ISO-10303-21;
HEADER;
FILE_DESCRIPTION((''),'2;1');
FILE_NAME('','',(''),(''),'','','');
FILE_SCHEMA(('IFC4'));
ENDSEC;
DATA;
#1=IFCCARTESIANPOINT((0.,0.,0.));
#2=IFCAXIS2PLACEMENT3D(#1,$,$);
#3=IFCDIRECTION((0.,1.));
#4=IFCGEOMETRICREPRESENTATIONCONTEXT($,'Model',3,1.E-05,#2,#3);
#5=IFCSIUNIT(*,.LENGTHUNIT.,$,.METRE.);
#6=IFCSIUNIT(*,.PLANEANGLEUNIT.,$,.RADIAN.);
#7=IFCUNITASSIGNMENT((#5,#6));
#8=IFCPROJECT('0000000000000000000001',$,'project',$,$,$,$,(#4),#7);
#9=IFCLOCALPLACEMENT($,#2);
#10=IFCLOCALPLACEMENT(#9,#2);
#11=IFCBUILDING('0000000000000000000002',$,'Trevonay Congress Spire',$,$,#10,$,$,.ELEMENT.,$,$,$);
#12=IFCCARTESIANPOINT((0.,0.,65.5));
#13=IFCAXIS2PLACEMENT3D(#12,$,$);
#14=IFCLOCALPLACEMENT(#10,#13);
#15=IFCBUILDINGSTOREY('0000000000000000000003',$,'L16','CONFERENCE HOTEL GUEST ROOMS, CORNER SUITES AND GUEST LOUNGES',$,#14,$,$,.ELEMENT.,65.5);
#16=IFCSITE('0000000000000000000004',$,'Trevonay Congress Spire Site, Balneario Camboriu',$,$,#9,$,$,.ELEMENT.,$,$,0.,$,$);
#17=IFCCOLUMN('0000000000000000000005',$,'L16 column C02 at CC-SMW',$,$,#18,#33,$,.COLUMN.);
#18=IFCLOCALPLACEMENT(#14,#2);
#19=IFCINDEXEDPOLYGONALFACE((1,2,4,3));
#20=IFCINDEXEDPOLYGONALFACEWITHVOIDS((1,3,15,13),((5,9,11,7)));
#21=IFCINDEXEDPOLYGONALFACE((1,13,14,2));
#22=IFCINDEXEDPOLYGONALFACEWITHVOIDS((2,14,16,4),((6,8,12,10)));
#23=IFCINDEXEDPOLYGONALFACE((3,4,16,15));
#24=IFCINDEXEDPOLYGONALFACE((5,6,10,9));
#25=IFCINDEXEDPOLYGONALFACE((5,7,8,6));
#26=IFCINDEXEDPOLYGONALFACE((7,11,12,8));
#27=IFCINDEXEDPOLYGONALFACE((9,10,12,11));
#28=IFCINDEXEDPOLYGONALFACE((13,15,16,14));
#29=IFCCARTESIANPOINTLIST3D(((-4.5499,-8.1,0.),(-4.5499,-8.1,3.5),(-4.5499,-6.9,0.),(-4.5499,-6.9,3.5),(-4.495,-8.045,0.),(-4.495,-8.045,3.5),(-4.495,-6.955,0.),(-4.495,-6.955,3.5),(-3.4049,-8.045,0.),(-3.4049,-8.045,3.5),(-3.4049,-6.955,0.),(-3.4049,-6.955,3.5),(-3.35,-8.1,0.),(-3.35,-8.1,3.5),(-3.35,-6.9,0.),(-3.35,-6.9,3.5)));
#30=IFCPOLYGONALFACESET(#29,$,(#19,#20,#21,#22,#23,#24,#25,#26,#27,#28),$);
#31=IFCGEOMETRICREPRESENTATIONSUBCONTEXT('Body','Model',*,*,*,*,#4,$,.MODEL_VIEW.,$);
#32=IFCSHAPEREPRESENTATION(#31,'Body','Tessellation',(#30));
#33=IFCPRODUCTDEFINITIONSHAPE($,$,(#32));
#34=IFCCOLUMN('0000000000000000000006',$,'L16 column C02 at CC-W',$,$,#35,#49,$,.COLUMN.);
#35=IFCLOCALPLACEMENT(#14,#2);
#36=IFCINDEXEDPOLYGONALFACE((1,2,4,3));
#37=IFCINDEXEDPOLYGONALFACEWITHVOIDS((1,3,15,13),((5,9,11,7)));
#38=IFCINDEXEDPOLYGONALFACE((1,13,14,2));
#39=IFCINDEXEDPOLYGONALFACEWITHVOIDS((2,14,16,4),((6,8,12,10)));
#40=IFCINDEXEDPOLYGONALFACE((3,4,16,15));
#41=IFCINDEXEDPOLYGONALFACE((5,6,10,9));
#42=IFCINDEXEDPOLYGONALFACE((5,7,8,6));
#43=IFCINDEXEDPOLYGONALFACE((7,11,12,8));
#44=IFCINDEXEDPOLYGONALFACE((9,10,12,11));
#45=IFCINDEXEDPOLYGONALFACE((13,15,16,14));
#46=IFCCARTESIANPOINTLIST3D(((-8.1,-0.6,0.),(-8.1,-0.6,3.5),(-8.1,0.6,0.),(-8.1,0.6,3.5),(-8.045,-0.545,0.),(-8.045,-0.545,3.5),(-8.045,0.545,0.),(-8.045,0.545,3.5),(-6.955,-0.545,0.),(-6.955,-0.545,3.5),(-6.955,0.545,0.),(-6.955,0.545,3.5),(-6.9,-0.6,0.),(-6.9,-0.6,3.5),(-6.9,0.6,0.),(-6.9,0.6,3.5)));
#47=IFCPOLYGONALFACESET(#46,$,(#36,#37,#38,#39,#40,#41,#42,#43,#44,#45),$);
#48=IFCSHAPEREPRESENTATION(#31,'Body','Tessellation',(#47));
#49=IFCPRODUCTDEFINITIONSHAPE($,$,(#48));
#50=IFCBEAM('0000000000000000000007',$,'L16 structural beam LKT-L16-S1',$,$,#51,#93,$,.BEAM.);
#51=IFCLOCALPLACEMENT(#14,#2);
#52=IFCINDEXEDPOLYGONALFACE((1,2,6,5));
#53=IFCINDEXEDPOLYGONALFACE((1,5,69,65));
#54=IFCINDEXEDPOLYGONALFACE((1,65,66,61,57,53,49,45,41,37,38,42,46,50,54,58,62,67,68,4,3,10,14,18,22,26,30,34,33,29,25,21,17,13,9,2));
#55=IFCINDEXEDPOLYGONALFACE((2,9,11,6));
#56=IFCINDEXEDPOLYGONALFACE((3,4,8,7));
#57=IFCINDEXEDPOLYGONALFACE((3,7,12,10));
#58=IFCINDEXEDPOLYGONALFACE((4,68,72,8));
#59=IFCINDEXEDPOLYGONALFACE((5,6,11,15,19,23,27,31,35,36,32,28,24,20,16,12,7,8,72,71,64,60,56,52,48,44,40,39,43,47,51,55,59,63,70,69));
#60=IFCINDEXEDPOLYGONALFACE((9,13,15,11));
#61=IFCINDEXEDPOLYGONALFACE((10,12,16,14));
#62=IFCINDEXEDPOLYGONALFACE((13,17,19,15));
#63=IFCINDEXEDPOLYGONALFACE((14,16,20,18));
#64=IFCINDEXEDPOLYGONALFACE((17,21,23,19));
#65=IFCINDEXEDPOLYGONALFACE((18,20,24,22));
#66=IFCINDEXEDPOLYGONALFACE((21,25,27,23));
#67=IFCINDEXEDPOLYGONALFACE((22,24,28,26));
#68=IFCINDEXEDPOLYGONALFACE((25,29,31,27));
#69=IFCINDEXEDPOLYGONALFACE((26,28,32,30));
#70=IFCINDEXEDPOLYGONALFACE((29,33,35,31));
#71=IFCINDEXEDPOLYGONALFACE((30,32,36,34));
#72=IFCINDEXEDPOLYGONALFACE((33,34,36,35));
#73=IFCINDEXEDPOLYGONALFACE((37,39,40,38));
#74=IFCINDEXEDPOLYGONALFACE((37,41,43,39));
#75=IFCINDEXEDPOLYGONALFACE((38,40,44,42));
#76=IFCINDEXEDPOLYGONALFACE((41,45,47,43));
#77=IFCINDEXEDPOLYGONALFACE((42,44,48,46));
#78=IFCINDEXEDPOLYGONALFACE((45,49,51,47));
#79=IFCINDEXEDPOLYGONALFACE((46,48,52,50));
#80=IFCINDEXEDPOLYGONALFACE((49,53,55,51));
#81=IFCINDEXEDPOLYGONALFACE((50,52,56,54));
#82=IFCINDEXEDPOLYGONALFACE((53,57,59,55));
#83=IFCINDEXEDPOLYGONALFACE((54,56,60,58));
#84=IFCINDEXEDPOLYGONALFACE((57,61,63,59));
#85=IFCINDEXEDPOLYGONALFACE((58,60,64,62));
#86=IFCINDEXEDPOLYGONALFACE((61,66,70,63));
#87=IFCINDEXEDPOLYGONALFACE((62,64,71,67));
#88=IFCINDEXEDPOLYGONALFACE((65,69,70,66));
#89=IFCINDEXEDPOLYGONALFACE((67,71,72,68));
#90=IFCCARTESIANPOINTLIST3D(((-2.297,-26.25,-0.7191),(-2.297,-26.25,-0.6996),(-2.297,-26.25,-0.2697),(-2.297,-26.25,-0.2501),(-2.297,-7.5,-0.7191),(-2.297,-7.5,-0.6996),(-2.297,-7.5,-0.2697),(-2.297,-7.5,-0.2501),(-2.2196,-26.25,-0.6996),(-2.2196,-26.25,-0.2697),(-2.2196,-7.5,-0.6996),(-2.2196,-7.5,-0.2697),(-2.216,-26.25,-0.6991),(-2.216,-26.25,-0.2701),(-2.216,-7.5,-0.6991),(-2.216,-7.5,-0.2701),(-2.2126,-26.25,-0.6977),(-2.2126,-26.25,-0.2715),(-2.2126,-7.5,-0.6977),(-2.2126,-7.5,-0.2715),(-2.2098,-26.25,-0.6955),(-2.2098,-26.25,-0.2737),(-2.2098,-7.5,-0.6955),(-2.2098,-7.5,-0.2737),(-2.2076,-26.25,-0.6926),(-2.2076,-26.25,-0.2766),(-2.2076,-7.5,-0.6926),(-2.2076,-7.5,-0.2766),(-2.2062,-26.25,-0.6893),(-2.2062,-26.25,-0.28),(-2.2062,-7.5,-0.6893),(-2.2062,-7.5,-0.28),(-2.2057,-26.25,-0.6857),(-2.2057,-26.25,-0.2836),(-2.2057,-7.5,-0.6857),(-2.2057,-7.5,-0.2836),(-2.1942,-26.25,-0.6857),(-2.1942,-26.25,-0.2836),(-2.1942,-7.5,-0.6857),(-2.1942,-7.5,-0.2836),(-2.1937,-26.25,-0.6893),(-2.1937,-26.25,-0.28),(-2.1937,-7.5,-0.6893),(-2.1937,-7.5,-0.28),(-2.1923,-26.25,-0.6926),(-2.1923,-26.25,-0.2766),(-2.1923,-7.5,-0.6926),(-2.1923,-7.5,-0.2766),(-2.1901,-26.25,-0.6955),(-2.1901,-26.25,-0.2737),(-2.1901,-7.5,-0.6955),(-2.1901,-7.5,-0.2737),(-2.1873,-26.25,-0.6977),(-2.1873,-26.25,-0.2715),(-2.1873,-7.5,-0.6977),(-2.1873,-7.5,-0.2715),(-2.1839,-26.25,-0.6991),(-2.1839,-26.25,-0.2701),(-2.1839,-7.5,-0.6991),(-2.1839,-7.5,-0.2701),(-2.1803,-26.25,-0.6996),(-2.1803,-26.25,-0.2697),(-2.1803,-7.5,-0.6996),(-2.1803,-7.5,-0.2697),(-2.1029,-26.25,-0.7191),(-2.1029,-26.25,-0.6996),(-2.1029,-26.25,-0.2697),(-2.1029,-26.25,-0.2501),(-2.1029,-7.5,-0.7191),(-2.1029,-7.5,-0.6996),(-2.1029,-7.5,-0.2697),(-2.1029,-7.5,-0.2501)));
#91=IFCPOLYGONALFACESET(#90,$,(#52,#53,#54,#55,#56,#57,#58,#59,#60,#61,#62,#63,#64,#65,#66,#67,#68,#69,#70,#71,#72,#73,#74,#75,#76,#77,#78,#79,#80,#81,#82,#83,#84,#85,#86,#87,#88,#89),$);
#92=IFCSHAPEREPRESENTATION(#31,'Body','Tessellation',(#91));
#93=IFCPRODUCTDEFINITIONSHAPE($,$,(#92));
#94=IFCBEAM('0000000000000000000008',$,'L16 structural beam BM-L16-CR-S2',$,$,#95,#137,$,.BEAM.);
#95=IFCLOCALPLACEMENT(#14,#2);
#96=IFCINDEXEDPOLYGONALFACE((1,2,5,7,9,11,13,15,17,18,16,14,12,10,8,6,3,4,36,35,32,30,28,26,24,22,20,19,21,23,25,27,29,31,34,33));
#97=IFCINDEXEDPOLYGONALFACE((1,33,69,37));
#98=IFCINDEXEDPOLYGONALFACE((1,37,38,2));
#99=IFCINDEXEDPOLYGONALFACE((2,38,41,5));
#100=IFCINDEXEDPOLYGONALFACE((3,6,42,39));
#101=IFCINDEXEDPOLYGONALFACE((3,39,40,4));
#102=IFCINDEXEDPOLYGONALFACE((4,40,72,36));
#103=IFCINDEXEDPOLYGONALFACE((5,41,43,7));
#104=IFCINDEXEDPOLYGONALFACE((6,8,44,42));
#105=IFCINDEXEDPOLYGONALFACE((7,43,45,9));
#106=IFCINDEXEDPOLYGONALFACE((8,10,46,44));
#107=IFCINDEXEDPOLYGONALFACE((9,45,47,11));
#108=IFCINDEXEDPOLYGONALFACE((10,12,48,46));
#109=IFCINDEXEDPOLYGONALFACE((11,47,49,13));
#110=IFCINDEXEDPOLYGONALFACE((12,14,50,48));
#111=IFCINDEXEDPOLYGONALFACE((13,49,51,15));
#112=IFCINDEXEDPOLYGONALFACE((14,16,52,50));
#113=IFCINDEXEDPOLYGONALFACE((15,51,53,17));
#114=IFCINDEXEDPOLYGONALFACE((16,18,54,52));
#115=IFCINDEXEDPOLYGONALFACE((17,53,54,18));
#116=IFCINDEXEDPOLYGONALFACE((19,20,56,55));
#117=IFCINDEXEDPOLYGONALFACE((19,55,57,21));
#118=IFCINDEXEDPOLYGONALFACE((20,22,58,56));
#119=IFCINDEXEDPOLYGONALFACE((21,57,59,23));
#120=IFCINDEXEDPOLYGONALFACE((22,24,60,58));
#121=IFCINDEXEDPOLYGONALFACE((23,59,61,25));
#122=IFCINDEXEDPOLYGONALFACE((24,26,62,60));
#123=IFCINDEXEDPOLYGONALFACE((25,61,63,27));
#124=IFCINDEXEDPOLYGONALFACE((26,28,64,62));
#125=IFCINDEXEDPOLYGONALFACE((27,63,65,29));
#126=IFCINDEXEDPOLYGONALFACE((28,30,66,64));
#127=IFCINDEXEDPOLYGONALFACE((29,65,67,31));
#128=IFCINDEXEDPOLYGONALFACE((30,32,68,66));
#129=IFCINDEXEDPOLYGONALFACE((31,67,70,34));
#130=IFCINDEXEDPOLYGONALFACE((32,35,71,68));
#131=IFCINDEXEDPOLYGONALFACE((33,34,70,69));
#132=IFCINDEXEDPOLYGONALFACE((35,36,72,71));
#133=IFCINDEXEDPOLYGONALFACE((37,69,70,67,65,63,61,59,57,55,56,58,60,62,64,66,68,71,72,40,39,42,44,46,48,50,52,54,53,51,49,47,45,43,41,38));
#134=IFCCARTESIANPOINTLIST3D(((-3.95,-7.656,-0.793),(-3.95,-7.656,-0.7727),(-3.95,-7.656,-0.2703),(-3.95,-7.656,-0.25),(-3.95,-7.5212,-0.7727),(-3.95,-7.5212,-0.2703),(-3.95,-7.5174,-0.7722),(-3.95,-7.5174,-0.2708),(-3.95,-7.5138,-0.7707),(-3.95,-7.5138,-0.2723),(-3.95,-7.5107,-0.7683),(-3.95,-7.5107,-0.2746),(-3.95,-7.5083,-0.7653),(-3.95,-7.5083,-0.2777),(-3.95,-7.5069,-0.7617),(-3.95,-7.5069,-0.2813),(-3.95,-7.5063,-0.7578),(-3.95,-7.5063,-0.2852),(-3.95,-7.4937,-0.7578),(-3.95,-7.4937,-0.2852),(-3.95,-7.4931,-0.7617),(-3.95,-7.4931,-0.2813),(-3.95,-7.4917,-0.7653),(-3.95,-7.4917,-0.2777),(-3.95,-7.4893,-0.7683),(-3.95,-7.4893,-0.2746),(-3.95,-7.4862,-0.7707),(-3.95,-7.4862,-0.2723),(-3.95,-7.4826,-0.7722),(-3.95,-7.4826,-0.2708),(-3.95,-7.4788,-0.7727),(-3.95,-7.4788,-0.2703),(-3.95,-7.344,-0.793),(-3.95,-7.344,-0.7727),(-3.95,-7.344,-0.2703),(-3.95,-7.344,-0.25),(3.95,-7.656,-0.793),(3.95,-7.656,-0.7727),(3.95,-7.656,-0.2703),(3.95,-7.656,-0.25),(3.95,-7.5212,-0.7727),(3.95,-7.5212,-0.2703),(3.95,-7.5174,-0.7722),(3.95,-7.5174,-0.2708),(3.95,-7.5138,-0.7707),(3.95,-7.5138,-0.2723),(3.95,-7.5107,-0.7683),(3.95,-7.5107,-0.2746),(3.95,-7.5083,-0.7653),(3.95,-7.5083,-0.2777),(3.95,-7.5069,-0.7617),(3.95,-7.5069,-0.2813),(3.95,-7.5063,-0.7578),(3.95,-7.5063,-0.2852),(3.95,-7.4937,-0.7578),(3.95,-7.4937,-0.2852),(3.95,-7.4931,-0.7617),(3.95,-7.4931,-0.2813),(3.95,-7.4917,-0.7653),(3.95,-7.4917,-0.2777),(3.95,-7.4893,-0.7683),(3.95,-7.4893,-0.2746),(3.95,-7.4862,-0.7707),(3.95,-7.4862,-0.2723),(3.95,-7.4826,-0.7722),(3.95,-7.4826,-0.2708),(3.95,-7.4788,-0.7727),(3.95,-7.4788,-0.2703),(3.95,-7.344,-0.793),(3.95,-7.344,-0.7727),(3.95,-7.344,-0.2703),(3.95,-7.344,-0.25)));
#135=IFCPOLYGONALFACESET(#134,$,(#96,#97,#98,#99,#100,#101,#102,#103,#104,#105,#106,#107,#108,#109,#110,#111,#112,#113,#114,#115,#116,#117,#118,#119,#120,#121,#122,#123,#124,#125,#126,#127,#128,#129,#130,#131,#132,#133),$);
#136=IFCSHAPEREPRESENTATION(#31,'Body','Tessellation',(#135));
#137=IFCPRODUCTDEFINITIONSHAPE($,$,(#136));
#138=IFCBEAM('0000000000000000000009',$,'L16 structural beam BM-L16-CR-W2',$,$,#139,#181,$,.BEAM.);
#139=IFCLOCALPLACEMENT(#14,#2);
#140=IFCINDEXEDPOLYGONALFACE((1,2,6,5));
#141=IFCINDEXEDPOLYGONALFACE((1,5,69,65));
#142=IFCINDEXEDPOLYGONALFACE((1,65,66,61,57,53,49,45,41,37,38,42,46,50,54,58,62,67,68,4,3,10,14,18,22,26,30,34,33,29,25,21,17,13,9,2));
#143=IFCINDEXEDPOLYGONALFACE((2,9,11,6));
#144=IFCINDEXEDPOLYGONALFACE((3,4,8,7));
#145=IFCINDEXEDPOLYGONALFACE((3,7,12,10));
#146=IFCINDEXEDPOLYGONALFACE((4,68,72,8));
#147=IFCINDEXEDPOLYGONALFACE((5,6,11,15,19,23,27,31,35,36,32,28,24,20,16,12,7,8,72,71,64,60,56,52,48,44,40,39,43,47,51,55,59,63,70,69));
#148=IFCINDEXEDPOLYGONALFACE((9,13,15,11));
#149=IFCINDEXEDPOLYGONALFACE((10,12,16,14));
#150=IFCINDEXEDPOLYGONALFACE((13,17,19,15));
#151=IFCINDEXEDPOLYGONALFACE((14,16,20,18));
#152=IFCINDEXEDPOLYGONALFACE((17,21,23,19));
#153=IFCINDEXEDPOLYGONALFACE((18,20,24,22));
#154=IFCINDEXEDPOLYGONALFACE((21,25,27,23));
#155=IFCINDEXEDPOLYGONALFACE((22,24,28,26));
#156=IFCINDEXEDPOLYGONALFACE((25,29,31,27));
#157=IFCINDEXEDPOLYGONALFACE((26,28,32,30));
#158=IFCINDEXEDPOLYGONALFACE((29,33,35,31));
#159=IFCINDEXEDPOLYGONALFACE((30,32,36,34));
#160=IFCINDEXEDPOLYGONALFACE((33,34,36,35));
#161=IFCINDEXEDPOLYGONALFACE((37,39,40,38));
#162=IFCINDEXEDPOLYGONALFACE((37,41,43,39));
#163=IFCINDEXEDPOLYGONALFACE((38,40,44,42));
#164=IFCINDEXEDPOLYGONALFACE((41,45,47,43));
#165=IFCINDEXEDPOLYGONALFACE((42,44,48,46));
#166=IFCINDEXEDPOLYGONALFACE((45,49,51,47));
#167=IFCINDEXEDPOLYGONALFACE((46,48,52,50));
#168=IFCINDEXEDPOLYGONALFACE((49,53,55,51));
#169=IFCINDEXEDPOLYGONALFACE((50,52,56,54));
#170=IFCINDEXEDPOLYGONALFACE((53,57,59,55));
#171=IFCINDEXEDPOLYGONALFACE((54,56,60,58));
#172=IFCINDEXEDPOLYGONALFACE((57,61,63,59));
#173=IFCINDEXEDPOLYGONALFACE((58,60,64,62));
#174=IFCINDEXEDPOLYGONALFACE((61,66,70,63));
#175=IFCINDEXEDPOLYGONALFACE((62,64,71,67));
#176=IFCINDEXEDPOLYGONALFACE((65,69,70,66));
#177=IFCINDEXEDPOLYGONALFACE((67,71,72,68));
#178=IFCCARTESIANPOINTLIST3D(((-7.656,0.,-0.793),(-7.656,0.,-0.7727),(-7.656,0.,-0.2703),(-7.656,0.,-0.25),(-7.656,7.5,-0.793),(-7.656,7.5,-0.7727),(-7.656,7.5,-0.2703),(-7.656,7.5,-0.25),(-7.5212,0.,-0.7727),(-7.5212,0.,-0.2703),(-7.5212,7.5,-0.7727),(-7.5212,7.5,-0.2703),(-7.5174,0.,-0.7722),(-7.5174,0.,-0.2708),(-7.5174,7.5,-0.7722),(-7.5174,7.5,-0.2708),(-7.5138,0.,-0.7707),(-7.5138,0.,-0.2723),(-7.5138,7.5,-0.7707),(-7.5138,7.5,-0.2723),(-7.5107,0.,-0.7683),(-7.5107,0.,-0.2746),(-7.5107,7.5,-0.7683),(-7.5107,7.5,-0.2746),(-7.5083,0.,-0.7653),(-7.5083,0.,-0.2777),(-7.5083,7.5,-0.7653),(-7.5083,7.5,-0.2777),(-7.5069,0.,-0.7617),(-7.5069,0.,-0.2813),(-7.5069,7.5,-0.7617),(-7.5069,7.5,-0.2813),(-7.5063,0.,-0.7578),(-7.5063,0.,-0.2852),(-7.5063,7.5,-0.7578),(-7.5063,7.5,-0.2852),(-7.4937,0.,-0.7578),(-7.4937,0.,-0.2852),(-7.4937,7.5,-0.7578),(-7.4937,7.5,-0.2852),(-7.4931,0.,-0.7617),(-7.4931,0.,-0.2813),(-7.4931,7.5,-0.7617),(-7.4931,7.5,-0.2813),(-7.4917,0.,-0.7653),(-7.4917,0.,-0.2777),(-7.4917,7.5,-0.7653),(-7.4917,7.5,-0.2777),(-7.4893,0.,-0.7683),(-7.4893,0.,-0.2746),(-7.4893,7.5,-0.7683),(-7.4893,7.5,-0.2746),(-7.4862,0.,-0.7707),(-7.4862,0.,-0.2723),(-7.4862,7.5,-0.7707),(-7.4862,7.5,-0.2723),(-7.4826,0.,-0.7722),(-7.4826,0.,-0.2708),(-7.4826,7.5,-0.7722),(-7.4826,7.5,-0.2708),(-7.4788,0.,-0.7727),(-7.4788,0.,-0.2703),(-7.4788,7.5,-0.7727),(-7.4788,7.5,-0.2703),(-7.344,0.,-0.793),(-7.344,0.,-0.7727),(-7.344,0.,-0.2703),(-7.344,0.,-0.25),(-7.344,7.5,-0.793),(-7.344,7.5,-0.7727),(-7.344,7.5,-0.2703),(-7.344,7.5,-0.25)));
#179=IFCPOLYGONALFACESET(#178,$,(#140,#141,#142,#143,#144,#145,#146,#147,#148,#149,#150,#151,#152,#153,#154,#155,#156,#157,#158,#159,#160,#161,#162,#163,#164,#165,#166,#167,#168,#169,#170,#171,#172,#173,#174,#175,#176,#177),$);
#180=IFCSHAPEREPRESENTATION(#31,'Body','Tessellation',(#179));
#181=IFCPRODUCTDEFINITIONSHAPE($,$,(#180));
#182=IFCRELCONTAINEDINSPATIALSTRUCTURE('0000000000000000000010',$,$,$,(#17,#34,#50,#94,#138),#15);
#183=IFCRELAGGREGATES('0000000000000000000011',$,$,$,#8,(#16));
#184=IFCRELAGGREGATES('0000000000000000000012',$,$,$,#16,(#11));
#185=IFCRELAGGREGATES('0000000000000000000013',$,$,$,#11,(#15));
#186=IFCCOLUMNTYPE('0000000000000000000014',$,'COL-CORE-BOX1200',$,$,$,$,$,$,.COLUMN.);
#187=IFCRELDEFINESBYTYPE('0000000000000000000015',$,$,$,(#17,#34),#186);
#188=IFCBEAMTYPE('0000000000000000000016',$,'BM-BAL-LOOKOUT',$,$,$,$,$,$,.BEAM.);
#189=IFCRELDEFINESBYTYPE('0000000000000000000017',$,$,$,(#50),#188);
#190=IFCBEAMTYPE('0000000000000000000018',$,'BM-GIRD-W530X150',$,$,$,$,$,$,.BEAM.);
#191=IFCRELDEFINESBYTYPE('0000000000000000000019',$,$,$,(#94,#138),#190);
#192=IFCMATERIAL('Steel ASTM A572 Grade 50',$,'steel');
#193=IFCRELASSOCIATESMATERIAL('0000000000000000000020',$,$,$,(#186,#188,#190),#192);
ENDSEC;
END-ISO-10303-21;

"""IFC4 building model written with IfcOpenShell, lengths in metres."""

from ifc_helpers import new_model, si_unit, direction, frame, origin, origin_2d, place, context, subcontext, project, spatial, hollow_rectangle, i_section, extrude, material, material_profile, profile_set, type_object, element, save


model = new_model("IFC4")

# Units and contexts
model_context = context("Model", 3, precision=1e-05, world=origin(), true_north=direction((0.0, 1.0)))
body_context = subcontext(model_context, "Body", "Model", "MODEL_VIEW")
ifc_project = project(units=[si_unit("LENGTHUNIT", "METRE"), si_unit("PLANEANGLEUNIT", "RADIAN")], contexts=[model_context])

# Site, building, storey
site_placement = place(None, origin())
site = spatial("IfcSite", under=ifc_project, at=site_placement, Name="Trevonay Congress Spire Site, Balneario Camboriu", CompositionType="ELEMENT", RefElevation=0.0)
building_placement = place(site_placement, origin())
building = spatial("IfcBuilding", under=site, at=building_placement, Name="Trevonay Congress Spire", CompositionType="ELEMENT")
storey_placement = place(building_placement, frame((0.0, 0.0, 65.5)))
storey = spatial("IfcBuildingStorey", under=building, at=storey_placement, Name="L16", Description="CONFERENCE HOTEL GUEST ROOMS, CORNER SUITES AND GUEST LOUNGES", CompositionType="ELEMENT", Elevation=65.5)

# Columns
ifc_material_1 = material(Name="Steel ASTM A572 Grade 50", Category="steel")
ifc_material_profile_1 = material_profile(ifc_material_1, hollow_rectangle(XDim=1.2, YDim=1.2, WallThickness=0.0549, at=origin_2d()), Name="BOX 1200x1200x55")
ifc_profile_set_1 = profile_set([ifc_material_profile_1], Name="Steel ASTM A572 Grade 50")
column_type = type_object("IfcColumnType", Name="COL-CORE-BOX1200", PredefinedType="COLUMN", material=ifc_profile_set_1)
for number, where, z_axis, x_axis, name in (
    (1, (-3.95, -7.5, 0.0), (0.0, 0.0, 1.0), (1.0, 0.0, 0.0), "L16 column C02 at CC-SMW"),
    (2, (-7.5, 0.0, 0.0), (0.0, 0.0, 1.0), (1.0, 0.0, 0.0), "L16 column C02 at CC-W"),
):
    element("IfcColumn", number, at=place(storey_placement, frame(where, z_axis=z_axis, x_axis=x_axis)), inside=storey, type_object=column_type, Name=name, PredefinedType="COLUMN", context=body_context, shape_type="SweptSolid", body=[
        extrude(hollow_rectangle(XDim=1.2, YDim=1.2, WallThickness=0.0549, at=origin_2d()), origin(), (0.0, 0.0, 1.0), 3.5),
    ])

# Beams
ifc_material_profile_2 = material_profile(ifc_material_1, i_section(OverallWidth=0.1941, OverallDepth=0.469, WebThickness=0.0115, FlangeThickness=0.0195, FilletRadius=0.0139, at=origin_2d()), Name="W460x106")
ifc_profile_set_2 = profile_set([ifc_material_profile_2], Name="Steel ASTM A572 Grade 50")
beam_type_1 = type_object("IfcBeamType", Name="BM-BAL-LOOKOUT", PredefinedType="BEAM", material=ifc_profile_set_2)
beam_1_placement = place(storey_placement, frame((-2.2, -7.5, -0.4846), z_axis=(0.0, -1.0, 0.0), x_axis=(1.0, 0.0, 0.0)))
element("IfcBeam", 3, at=beam_1_placement, inside=storey, type_object=beam_type_1, Name="L16 structural beam LKT-L16-S1", PredefinedType="BEAM", context=body_context, shape_type="SweptSolid", body=[
    extrude(i_section(OverallWidth=0.1941, OverallDepth=0.469, WebThickness=0.0115, FlangeThickness=0.0195, FilletRadius=0.0139, at=origin_2d()), origin(), (0.0, 0.0, 1.0), 18.75),
])
ifc_material_profile_3 = material_profile(ifc_material_1, i_section(OverallWidth=0.312, OverallDepth=0.543, WebThickness=0.0127, FlangeThickness=0.0203, FilletRadius=0.0149, at=origin_2d()), Name="W530x150")
ifc_profile_set_3 = profile_set([ifc_material_profile_3], Name="Steel ASTM A572 Grade 50")
beam_type_2 = type_object("IfcBeamType", Name="BM-GIRD-W530X150", PredefinedType="BEAM", material=ifc_profile_set_3)
beam_2_placement = place(storey_placement, frame((-3.95, -7.5, -0.5215), z_axis=(1.0, 0.0, 0.0), x_axis=(0.0, 1.0, 0.0)))
element("IfcBeam", 4, at=beam_2_placement, inside=storey, type_object=beam_type_2, Name="L16 structural beam BM-L16-CR-S2", PredefinedType="BEAM", context=body_context, shape_type="SweptSolid", body=[
    extrude(i_section(OverallWidth=0.312, OverallDepth=0.543, WebThickness=0.0127, FlangeThickness=0.0203, FilletRadius=0.0149, at=origin_2d()), origin(), (0.0, 0.0, 1.0), 7.8999),
])
beam_3_placement = place(storey_placement, frame((-7.5, 0.0, -0.5215), z_axis=(0.0, 1.0, 0.0), x_axis=(-1.0, 0.0, 0.0)))
element("IfcBeam", 5, at=beam_3_placement, inside=storey, type_object=beam_type_2, Name="L16 structural beam BM-L16-CR-W2", PredefinedType="BEAM", context=body_context, shape_type="SweptSolid", body=[
    extrude(i_section(OverallWidth=0.312, OverallDepth=0.543, WebThickness=0.0127, FlangeThickness=0.0203, FilletRadius=0.0149, at=origin_2d()), origin(), (0.0, 0.0, 1.0), 7.5),
])

save(model, "model.ifc")
